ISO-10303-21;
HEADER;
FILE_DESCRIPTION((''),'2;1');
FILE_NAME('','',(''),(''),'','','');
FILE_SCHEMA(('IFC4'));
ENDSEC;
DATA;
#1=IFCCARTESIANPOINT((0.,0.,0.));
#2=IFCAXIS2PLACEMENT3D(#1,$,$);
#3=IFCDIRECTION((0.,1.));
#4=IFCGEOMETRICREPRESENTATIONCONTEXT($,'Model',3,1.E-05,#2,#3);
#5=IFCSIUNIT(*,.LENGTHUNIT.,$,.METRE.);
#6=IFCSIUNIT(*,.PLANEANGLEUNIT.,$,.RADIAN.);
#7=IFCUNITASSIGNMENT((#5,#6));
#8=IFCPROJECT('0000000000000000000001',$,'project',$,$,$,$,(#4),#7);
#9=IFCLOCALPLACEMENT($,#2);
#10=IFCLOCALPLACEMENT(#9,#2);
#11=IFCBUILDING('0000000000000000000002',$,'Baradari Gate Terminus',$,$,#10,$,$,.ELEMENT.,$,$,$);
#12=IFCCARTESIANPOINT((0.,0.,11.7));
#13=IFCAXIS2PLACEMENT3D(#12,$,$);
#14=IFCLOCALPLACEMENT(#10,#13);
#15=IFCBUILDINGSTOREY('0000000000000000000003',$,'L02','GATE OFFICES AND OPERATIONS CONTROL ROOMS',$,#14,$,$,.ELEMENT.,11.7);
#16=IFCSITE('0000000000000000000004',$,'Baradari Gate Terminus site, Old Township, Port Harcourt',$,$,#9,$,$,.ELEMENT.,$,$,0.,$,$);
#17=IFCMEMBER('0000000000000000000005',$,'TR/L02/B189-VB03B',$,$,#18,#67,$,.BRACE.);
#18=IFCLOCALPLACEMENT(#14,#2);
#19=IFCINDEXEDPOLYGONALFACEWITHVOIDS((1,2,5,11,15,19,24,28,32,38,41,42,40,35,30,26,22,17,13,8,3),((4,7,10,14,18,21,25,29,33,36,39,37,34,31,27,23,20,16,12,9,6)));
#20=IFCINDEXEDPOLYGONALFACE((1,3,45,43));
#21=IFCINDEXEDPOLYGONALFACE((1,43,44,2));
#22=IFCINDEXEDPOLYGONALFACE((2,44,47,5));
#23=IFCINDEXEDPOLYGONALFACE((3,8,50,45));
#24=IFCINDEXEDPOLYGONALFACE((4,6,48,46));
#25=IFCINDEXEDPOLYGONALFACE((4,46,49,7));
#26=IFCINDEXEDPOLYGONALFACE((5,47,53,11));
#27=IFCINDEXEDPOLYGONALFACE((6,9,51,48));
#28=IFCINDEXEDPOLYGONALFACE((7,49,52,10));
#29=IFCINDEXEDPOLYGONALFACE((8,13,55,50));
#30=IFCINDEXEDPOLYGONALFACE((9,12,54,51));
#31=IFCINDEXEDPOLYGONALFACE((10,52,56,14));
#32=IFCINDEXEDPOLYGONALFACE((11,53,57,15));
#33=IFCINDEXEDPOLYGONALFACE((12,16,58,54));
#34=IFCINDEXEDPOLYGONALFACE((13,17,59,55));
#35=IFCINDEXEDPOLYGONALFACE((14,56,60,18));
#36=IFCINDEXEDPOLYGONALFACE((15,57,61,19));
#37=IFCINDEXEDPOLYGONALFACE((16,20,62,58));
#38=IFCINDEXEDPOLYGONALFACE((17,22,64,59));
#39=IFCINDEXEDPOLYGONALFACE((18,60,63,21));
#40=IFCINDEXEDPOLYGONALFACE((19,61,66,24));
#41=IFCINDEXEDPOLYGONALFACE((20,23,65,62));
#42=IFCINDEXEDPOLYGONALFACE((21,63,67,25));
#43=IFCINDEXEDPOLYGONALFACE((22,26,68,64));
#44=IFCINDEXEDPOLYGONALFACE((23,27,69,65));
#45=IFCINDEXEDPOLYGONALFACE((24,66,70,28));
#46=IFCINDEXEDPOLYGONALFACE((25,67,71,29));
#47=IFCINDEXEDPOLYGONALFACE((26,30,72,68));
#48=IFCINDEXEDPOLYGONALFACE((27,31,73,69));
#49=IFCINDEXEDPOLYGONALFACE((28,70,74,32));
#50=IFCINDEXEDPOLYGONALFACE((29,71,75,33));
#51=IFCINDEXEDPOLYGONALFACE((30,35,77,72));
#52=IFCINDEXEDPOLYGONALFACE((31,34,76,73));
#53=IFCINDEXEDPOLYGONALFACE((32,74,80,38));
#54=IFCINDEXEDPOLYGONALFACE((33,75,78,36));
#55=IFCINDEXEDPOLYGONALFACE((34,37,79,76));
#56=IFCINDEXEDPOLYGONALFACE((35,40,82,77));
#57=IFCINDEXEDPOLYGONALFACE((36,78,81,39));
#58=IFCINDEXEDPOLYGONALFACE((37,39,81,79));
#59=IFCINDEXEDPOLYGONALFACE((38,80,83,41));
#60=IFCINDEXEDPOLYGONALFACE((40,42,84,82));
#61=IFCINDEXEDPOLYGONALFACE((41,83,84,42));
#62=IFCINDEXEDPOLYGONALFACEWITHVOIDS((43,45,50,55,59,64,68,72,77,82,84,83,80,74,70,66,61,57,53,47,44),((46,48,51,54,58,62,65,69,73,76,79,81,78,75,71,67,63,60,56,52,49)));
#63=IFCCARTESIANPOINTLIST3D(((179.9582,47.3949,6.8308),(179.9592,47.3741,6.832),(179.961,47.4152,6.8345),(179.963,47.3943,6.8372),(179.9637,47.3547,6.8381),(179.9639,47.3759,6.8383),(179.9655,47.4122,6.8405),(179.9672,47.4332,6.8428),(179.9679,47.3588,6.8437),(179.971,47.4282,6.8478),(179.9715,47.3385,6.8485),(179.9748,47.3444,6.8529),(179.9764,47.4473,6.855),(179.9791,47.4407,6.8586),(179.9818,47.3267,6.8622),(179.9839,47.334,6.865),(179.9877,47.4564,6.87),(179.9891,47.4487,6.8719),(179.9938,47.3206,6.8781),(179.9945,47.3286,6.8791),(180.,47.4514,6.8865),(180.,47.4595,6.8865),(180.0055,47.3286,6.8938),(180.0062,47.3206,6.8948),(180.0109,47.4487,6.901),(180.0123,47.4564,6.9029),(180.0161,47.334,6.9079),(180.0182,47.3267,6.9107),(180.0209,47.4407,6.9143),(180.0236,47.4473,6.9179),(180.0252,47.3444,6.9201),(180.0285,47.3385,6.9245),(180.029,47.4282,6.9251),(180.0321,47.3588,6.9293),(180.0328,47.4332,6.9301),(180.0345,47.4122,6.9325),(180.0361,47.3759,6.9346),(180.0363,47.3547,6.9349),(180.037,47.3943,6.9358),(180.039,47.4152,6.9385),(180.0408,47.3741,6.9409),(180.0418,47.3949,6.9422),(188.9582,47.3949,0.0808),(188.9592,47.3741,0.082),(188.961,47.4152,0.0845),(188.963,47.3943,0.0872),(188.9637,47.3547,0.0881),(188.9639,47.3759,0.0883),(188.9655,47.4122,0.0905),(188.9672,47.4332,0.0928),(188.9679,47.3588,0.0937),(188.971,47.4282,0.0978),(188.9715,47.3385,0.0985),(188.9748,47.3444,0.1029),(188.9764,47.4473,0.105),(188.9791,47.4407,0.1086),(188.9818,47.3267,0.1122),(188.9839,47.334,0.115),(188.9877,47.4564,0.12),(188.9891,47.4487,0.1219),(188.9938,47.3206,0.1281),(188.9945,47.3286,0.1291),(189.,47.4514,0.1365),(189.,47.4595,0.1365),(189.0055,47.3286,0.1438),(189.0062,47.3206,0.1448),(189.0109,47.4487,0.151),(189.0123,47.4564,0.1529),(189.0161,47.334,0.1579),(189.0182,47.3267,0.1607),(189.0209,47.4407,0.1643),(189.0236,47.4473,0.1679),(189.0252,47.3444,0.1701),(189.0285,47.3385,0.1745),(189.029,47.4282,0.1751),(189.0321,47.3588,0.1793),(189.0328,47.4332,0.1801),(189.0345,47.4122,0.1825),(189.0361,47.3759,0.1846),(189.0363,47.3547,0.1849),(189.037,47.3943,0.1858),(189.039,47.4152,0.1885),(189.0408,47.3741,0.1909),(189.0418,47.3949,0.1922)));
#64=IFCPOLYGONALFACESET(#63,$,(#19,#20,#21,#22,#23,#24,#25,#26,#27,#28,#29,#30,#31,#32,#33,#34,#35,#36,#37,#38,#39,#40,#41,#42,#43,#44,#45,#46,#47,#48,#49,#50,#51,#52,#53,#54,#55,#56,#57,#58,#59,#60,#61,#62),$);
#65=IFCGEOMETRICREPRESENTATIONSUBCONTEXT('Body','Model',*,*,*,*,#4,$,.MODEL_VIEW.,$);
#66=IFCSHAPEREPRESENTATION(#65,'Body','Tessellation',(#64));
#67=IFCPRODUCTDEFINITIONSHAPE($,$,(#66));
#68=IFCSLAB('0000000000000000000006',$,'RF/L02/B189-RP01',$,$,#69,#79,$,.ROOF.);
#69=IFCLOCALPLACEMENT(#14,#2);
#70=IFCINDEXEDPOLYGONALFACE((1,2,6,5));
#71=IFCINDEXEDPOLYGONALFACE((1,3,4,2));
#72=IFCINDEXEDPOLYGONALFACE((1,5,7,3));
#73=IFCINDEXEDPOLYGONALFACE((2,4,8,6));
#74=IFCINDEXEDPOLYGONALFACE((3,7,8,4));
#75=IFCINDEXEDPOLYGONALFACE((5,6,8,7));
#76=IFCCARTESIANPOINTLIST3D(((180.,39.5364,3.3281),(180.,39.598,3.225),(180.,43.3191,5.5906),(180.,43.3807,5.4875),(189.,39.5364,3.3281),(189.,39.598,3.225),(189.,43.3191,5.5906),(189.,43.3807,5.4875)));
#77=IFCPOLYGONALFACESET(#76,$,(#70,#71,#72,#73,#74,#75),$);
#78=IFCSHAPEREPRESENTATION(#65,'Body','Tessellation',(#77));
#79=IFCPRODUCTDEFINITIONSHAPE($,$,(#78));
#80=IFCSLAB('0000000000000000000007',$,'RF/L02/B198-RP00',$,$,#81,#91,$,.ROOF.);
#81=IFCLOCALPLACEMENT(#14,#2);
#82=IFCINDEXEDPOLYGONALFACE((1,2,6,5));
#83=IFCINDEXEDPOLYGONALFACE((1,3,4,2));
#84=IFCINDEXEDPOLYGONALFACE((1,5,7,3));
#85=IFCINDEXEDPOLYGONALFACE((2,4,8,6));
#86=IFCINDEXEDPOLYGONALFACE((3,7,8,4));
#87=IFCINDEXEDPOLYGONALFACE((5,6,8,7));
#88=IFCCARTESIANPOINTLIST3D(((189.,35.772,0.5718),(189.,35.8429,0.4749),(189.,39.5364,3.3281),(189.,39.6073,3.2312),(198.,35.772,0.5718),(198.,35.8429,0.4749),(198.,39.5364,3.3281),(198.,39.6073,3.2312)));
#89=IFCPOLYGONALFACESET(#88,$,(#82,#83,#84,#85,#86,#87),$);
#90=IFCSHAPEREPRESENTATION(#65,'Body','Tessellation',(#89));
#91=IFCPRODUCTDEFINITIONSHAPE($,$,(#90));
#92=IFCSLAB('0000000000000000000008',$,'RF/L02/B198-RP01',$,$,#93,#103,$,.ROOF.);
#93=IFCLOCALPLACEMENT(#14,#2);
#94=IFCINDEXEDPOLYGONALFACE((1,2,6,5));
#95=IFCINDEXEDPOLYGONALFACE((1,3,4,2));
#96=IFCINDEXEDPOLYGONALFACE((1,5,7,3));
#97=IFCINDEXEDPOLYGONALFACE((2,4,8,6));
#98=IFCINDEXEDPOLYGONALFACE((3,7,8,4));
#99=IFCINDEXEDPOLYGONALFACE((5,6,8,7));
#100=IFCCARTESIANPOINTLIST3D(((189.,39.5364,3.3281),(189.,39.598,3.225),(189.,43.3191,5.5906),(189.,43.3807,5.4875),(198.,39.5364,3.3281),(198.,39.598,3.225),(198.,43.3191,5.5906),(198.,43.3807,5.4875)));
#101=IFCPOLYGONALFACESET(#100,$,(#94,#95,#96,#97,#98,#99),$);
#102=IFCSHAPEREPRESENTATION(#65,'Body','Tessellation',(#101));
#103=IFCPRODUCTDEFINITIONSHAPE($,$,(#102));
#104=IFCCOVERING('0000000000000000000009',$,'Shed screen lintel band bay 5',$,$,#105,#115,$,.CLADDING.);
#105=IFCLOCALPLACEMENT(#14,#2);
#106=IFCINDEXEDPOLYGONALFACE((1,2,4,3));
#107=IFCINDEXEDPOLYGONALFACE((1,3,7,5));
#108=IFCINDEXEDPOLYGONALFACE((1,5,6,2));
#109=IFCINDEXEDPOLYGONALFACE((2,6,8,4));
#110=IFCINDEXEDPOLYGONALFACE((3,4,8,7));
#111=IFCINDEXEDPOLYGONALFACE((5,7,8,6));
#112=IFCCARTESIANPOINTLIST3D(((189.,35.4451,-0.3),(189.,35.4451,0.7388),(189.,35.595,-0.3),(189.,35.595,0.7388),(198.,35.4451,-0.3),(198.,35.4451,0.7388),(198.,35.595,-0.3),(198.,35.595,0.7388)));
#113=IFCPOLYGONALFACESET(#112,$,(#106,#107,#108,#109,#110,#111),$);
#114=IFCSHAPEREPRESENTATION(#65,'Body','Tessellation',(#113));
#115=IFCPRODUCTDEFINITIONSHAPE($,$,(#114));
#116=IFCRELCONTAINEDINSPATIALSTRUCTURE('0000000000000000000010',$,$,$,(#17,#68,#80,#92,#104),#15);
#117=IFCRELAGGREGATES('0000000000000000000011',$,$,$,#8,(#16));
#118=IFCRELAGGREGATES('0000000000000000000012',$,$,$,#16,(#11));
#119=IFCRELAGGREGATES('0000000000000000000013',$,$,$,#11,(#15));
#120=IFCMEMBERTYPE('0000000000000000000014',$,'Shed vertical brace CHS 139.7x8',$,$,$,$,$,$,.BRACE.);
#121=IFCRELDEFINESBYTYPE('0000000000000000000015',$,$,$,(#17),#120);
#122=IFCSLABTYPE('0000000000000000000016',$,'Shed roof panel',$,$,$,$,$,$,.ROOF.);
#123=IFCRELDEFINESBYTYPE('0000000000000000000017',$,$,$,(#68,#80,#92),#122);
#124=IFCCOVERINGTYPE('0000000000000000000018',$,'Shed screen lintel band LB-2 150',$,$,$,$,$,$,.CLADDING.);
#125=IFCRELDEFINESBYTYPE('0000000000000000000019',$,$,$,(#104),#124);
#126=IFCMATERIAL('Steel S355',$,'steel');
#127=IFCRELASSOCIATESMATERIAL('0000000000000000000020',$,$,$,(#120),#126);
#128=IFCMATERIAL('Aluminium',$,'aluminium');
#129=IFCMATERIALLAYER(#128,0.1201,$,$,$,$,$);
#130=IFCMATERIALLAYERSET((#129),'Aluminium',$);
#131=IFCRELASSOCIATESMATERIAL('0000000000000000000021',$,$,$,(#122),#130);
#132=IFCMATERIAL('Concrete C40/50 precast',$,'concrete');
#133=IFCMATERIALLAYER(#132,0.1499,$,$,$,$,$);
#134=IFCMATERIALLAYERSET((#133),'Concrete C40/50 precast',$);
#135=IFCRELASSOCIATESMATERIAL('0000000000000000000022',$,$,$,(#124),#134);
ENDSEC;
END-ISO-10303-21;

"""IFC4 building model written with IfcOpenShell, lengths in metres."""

from ifc_helpers import new_model, si_unit, direction, frame, origin, origin_2d, place, context, subcontext, project, spatial, polyline, hollow_circle, outline, extrude, material, layer, layer_set, material_profile, profile_set, type_object, element, save


model = new_model("IFC4")

# Units and contexts
model_context = context("Model", 3, precision=1e-05, world=origin(), true_north=direction((0.0, 1.0)))
body_context = subcontext(model_context, "Body", "Model", "MODEL_VIEW")
ifc_project = project(units=[si_unit("LENGTHUNIT", "METRE"), si_unit("PLANEANGLEUNIT", "RADIAN")], contexts=[model_context])

# Site, building, storey
site_placement = place(None, origin())
site = spatial("IfcSite", under=ifc_project, at=site_placement, Name="Baradari Gate Terminus site, Old Township, Port Harcourt", CompositionType="ELEMENT", RefElevation=0.0)
building_placement = place(site_placement, origin())
building = spatial("IfcBuilding", under=site, at=building_placement, Name="Baradari Gate Terminus", CompositionType="ELEMENT")
storey_placement = place(building_placement, frame((0.0, 0.0, 11.7)))
storey = spatial("IfcBuildingStorey", under=building, at=storey_placement, Name="L02", Description="GATE OFFICES AND OPERATIONS CONTROL ROOMS", CompositionType="ELEMENT", Elevation=11.7)

# Member
ifc_material_1 = material(Name="Steel S355", Category="steel")
ifc_material_profile_1 = material_profile(ifc_material_1, hollow_circle(Radius=0.0698, WallThickness=0.0081, at=origin_2d()), Name="CHS 139.7x8")
ifc_profile_set_1 = profile_set([ifc_material_profile_1], Name="Steel S355")
member_type_1 = type_object("IfcMemberType", Name="Shed vertical brace CHS 139.7x8", PredefinedType="BRACE", material=ifc_profile_set_1)
for number, where, z_axis, x_axis, name in (
    (1, (180.0, 47.3896, 6.8865), (0.8, 0.0, -0.6), (0.0, 1.0, 0.0), "TR/L02/B189-VB03B"),
):
    element("IfcMember", number, at=place(storey_placement, frame(where, z_axis=z_axis, x_axis=x_axis)), inside=storey, type_object=member_type_1, Name=name, PredefinedType="BRACE", context=body_context, shape_type="SweptSolid", body=[
        extrude(hollow_circle(Radius=0.0698, WallThickness=0.0081, at=origin_2d()), origin(), (0.0, 0.0, 1.0), 11.25),
    ])

# Slabs
ifc_material_2 = material(Name="Aluminium", Category="aluminium")
ifc_layer_1 = layer(ifc_material_2, 0.1201)
ifc_layer_set_1 = layer_set([ifc_layer_1], Name="Aluminium")
slab_type = type_object("IfcSlabType", Name="Shed roof panel", PredefinedType="ROOF", material=ifc_layer_set_1)
slab_1_placement = place(storey_placement, frame((180.0, 39.5364, 3.3281), z_axis=(0.0, -0.513298, 0.858211), x_axis=(1.0, 0.0, 0.0)))
element("IfcSlab", 2, at=slab_1_placement, inside=storey, type_object=slab_type, Name="RF/L02/B189-RP01", PredefinedType="ROOF", context=body_context, shape_type="SweptSolid", body=[
    extrude(outline(polyline([(0.0, 0.0), (9.0, 0.0), (9.0, 4.4077), (0.0, 4.4077), (0.0, 0.0)])), origin(), (0.0, 0.0, -1.0), 0.1201),
])
slab_2_placement = place(storey_placement, frame((189.0, 35.772, 0.5718), z_axis=(0.0, -0.590776, 0.806836), x_axis=(1.0, 0.0, 0.0)))
element("IfcSlab", 3, at=slab_2_placement, inside=storey, type_object=slab_type, Name="RF/L02/B198-RP00", PredefinedType="ROOF", context=body_context, shape_type="SweptSolid", body=[
    extrude(outline(polyline([(0.0, 0.0), (9.0, 0.0), (9.0, 4.6656), (0.0, 4.6656), (0.0, 0.0)])), origin(), (0.0, 0.0, -1.0), 0.1201),
])
slab_3_placement = place(storey_placement, frame((189.0, 39.5364, 3.3281), z_axis=(0.0, -0.513298, 0.858211), x_axis=(1.0, 0.0, 0.0)))
element("IfcSlab", 4, at=slab_3_placement, inside=storey, type_object=slab_type, Name="RF/L02/B198-RP01", PredefinedType="ROOF", context=body_context, shape_type="SweptSolid", body=[
    extrude(outline(polyline([(0.0, 0.0), (9.0, 0.0), (9.0, 4.4077), (0.0, 4.4077), (0.0, 0.0)])), origin(), (0.0, 0.0, -1.0), 0.1201),
])

# Covering
ifc_material_3 = material(Name="Concrete C40/50 precast", Category="concrete")
ifc_layer_2 = layer(ifc_material_3, 0.1499)
ifc_layer_set_2 = layer_set([ifc_layer_2], Name="Concrete C40/50 precast")
covering_type = type_object("IfcCoveringType", Name="Shed screen lintel band LB-2 150", PredefinedType="CLADDING", material=ifc_layer_set_2)
covering_placement = place(storey_placement, frame((189.0, 35.52, -0.3), z_axis=(0.0, 0.0, 1.0), x_axis=(1.0, 0.0, 0.0)))
element("IfcCovering", 5, at=covering_placement, inside=storey, type_object=covering_type, Name="Shed screen lintel band bay 5", PredefinedType="CLADDING", context=body_context, shape_type="SweptSolid", body=[
    extrude(outline(polyline([(9.0, 0.0), (9.0, 1.0388), (0.0, 1.0388), (0.0, 0.0), (9.0, 0.0)])), frame((0.0, 0.075, 0.0), z_axis=(0.0, -1.0, 0.0), x_axis=(1.0, 0.0, 0.0)), (0.0, 0.0, 1.0), 0.1499),
])

save(model, "model.ifc")
